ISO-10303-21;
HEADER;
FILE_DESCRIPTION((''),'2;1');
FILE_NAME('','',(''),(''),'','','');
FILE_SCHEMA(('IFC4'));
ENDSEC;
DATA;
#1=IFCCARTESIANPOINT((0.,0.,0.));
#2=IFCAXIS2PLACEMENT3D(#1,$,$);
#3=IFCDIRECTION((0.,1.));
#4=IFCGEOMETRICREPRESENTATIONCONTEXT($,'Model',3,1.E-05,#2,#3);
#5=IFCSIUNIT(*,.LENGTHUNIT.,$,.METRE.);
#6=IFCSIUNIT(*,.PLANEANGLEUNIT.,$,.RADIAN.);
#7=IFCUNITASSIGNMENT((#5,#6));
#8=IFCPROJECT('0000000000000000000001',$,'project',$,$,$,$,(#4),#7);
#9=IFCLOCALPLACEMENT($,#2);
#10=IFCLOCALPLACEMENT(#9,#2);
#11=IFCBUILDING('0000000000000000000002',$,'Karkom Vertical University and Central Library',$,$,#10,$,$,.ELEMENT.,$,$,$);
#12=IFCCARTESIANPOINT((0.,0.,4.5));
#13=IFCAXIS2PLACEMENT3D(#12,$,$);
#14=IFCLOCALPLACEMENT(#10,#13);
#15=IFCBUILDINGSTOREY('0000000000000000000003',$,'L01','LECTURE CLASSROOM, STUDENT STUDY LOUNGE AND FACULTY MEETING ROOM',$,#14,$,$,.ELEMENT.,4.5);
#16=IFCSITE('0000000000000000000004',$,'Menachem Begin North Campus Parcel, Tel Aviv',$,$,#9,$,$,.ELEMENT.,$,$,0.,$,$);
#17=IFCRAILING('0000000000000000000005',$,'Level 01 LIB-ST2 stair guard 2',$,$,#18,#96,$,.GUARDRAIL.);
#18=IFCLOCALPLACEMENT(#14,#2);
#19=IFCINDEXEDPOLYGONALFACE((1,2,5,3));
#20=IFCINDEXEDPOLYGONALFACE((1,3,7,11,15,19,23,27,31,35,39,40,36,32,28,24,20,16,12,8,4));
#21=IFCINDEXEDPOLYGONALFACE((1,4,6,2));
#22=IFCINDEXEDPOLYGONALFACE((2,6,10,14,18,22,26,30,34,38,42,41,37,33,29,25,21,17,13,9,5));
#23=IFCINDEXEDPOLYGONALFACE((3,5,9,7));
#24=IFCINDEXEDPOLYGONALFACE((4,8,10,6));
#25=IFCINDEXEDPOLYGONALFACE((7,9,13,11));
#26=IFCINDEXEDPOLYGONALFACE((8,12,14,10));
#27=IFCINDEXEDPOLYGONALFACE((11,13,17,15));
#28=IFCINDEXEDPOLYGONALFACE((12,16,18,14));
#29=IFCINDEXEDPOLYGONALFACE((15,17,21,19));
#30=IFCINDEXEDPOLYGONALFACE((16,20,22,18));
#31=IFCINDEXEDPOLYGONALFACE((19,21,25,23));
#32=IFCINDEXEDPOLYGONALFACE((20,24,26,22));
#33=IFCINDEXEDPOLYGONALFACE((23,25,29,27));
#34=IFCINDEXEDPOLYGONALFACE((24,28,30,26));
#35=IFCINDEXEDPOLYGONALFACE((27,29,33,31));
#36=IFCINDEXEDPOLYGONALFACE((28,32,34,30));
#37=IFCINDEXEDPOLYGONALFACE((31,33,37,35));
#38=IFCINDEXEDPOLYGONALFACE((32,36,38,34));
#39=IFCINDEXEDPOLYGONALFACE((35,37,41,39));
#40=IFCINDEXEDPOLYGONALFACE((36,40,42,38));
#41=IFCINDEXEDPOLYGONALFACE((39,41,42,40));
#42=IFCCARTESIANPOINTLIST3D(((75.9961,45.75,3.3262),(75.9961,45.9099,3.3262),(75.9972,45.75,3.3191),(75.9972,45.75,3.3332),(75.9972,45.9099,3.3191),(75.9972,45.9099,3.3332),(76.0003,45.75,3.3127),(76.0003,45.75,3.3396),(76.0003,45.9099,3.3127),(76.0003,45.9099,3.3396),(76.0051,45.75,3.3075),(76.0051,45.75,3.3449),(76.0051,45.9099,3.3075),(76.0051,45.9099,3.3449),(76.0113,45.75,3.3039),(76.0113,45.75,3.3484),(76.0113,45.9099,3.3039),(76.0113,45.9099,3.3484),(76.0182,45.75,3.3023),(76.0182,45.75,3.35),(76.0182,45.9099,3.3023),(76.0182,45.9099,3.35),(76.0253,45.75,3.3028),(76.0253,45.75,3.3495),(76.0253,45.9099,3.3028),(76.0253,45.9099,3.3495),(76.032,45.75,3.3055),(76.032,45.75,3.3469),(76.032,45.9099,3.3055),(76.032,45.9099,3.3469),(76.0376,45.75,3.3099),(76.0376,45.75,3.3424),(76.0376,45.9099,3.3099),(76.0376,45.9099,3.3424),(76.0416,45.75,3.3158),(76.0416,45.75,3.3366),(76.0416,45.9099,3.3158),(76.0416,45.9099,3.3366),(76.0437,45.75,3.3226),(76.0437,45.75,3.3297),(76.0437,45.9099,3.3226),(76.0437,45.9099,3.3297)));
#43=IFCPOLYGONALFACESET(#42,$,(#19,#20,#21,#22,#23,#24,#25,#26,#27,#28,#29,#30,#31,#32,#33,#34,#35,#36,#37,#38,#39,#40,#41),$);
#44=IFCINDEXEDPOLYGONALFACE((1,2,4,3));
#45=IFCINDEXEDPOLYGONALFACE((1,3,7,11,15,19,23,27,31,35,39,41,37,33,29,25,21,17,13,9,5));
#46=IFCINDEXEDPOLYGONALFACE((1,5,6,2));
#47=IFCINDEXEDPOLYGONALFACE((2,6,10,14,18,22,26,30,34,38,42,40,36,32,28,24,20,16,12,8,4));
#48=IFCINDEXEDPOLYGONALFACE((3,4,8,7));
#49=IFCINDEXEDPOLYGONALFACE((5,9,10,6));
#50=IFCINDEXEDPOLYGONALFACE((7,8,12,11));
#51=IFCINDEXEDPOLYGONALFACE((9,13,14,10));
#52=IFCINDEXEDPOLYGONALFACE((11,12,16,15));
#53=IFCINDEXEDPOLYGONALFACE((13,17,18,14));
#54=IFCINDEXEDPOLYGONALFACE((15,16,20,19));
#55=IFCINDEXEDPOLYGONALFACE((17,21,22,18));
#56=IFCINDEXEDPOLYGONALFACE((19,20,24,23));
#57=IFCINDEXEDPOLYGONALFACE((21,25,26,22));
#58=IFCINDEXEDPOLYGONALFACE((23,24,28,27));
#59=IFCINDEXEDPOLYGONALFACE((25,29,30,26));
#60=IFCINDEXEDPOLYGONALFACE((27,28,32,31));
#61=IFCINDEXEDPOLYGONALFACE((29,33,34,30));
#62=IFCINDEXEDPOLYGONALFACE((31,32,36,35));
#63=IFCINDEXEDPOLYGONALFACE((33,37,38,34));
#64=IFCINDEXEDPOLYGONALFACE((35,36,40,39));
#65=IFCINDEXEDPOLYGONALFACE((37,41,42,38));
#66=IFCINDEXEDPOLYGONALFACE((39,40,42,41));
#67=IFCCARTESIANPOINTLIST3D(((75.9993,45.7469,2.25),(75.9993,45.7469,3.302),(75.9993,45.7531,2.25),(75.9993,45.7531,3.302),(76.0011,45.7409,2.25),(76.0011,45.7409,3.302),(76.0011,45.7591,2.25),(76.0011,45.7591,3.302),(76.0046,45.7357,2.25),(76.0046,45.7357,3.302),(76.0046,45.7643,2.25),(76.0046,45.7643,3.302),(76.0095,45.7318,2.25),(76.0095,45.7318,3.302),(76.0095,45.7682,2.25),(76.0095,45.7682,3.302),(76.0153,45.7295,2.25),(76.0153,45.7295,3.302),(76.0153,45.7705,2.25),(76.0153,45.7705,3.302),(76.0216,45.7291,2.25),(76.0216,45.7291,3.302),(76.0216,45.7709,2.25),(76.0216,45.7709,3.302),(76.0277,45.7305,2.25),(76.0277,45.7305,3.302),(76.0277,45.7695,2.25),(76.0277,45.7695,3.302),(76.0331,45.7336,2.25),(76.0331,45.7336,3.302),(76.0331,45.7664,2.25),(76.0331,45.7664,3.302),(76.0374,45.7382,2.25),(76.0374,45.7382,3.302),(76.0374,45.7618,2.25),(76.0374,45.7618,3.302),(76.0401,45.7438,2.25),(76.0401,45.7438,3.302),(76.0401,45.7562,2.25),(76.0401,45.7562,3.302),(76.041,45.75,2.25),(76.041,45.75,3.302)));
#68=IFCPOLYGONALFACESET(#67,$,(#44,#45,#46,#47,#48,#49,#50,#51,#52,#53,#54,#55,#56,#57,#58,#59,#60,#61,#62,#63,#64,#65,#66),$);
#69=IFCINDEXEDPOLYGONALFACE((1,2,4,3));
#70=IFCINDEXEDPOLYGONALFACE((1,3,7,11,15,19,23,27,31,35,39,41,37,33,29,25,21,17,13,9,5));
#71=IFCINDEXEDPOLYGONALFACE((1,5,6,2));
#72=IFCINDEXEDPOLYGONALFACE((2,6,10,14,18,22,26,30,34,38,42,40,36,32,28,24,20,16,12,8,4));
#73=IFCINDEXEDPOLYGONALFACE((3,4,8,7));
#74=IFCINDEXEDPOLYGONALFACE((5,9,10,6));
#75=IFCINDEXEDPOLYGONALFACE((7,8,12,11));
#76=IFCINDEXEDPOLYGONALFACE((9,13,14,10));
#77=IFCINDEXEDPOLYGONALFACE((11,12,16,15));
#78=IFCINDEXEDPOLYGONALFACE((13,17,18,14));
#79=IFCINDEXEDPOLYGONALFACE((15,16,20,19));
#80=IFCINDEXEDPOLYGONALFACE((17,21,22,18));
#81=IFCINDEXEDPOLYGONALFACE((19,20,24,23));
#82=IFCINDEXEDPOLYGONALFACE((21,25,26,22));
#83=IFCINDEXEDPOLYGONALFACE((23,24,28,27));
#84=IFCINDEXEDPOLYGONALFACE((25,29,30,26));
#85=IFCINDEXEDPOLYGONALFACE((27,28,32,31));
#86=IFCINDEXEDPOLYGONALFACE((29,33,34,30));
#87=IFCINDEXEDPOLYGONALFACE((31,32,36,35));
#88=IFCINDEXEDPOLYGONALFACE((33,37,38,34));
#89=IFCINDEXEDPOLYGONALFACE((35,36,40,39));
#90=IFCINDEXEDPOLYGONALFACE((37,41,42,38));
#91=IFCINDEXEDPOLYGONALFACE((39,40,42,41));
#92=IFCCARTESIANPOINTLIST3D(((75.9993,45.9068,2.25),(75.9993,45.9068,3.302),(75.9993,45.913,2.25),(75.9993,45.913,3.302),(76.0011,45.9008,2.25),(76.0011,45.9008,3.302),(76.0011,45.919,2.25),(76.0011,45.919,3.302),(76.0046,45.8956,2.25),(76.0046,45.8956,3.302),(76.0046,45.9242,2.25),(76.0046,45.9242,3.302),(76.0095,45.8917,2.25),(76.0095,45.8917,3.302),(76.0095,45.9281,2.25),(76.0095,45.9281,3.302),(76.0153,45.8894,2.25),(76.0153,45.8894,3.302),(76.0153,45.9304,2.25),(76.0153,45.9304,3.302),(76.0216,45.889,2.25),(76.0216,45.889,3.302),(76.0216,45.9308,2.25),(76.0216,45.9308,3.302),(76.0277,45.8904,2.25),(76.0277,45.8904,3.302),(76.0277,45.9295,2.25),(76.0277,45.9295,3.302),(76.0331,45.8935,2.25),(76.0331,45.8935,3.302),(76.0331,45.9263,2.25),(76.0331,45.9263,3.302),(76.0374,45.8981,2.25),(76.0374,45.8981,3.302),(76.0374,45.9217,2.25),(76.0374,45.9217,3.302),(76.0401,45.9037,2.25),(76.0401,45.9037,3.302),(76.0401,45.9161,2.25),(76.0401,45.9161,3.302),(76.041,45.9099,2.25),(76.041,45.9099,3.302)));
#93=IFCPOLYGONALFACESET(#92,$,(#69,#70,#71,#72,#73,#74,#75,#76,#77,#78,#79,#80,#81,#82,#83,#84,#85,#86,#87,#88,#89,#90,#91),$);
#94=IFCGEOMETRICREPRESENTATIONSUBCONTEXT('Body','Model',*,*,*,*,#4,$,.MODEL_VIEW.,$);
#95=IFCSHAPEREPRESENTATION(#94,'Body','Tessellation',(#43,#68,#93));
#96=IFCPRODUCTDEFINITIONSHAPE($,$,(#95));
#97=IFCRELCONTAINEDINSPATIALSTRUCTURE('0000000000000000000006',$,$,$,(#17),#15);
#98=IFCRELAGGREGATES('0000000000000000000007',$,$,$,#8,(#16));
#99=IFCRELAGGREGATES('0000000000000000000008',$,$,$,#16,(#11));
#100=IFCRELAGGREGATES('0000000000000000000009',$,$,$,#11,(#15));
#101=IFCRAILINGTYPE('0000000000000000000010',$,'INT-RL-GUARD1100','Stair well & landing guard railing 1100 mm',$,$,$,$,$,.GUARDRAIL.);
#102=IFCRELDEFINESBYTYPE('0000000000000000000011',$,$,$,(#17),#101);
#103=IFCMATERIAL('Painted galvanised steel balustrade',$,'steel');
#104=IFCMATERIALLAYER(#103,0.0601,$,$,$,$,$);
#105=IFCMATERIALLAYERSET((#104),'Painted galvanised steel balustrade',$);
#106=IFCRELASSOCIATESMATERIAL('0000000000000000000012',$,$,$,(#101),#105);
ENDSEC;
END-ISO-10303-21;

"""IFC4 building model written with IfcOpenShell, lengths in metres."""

from ifc_helpers import new_model, si_unit, direction, frame, origin, origin_2d, place, context, subcontext, project, spatial, circle, extrude, material, layer, layer_set, type_object, element, save


model = new_model("IFC4")

# Units and contexts
model_context = context("Model", 3, precision=1e-05, world=origin(), true_north=direction((0.0, 1.0)))
body_context = subcontext(model_context, "Body", "Model", "MODEL_VIEW")
ifc_project = project(units=[si_unit("LENGTHUNIT", "METRE"), si_unit("PLANEANGLEUNIT", "RADIAN")], contexts=[model_context])

# Site, building, storey
site_placement = place(None, origin())
site = spatial("IfcSite", under=ifc_project, at=site_placement, Name="Menachem Begin North Campus Parcel, Tel Aviv", CompositionType="ELEMENT", RefElevation=0.0)
building_placement = place(site_placement, origin())
building = spatial("IfcBuilding", under=site, at=building_placement, Name="Karkom Vertical University and Central Library", CompositionType="ELEMENT")
storey_placement = place(building_placement, frame((0.0, 0.0, 4.5)))
storey = spatial("IfcBuildingStorey", under=building, at=storey_placement, Name="L01", Description="LECTURE CLASSROOM, STUDENT STUDY LOUNGE AND FACULTY MEETING ROOM", CompositionType="ELEMENT", Elevation=4.5)

# Railing
ifc_material_1 = material(Name="Painted galvanised steel balustrade", Category="steel")
ifc_layer_1 = layer(ifc_material_1, 0.0601)
ifc_layer_set_1 = layer_set([ifc_layer_1], Name="Painted galvanised steel balustrade")
railing_type_1 = type_object("IfcRailingType", Name="INT-RL-GUARD1100", Description="Stair well & landing guard railing 1100 mm", PredefinedType="GUARDRAIL", material=ifc_layer_set_1)
railing_1_placement = place(storey_placement, frame((76.02, 45.75, 2.25)))
element("IfcRailing", 1, at=railing_1_placement, inside=storey, type_object=railing_type_1, Name="Level 01 LIB-ST2 stair guard 2", PredefinedType="GUARDRAIL", context=body_context, shape_type="SweptSolid", body=[
    extrude(circle(Radius=0.0239, at=origin_2d()), frame((0.0, 0.0, 1.0762), z_axis=(0.0, 1.0, 0.0), x_axis=(-1.0, 0.0, 0.0)), (0.0, 0.0, 1.0), 0.1599),
    extrude(circle(Radius=0.021, at=origin_2d()), origin(), (0.0, 0.0, 1.0), 1.052),
    extrude(circle(Radius=0.021, at=origin_2d()), frame((0.0, 0.1599, 0.0)), (0.0, 0.0, 1.0), 1.052),
])

save(model, "model.ifc")
